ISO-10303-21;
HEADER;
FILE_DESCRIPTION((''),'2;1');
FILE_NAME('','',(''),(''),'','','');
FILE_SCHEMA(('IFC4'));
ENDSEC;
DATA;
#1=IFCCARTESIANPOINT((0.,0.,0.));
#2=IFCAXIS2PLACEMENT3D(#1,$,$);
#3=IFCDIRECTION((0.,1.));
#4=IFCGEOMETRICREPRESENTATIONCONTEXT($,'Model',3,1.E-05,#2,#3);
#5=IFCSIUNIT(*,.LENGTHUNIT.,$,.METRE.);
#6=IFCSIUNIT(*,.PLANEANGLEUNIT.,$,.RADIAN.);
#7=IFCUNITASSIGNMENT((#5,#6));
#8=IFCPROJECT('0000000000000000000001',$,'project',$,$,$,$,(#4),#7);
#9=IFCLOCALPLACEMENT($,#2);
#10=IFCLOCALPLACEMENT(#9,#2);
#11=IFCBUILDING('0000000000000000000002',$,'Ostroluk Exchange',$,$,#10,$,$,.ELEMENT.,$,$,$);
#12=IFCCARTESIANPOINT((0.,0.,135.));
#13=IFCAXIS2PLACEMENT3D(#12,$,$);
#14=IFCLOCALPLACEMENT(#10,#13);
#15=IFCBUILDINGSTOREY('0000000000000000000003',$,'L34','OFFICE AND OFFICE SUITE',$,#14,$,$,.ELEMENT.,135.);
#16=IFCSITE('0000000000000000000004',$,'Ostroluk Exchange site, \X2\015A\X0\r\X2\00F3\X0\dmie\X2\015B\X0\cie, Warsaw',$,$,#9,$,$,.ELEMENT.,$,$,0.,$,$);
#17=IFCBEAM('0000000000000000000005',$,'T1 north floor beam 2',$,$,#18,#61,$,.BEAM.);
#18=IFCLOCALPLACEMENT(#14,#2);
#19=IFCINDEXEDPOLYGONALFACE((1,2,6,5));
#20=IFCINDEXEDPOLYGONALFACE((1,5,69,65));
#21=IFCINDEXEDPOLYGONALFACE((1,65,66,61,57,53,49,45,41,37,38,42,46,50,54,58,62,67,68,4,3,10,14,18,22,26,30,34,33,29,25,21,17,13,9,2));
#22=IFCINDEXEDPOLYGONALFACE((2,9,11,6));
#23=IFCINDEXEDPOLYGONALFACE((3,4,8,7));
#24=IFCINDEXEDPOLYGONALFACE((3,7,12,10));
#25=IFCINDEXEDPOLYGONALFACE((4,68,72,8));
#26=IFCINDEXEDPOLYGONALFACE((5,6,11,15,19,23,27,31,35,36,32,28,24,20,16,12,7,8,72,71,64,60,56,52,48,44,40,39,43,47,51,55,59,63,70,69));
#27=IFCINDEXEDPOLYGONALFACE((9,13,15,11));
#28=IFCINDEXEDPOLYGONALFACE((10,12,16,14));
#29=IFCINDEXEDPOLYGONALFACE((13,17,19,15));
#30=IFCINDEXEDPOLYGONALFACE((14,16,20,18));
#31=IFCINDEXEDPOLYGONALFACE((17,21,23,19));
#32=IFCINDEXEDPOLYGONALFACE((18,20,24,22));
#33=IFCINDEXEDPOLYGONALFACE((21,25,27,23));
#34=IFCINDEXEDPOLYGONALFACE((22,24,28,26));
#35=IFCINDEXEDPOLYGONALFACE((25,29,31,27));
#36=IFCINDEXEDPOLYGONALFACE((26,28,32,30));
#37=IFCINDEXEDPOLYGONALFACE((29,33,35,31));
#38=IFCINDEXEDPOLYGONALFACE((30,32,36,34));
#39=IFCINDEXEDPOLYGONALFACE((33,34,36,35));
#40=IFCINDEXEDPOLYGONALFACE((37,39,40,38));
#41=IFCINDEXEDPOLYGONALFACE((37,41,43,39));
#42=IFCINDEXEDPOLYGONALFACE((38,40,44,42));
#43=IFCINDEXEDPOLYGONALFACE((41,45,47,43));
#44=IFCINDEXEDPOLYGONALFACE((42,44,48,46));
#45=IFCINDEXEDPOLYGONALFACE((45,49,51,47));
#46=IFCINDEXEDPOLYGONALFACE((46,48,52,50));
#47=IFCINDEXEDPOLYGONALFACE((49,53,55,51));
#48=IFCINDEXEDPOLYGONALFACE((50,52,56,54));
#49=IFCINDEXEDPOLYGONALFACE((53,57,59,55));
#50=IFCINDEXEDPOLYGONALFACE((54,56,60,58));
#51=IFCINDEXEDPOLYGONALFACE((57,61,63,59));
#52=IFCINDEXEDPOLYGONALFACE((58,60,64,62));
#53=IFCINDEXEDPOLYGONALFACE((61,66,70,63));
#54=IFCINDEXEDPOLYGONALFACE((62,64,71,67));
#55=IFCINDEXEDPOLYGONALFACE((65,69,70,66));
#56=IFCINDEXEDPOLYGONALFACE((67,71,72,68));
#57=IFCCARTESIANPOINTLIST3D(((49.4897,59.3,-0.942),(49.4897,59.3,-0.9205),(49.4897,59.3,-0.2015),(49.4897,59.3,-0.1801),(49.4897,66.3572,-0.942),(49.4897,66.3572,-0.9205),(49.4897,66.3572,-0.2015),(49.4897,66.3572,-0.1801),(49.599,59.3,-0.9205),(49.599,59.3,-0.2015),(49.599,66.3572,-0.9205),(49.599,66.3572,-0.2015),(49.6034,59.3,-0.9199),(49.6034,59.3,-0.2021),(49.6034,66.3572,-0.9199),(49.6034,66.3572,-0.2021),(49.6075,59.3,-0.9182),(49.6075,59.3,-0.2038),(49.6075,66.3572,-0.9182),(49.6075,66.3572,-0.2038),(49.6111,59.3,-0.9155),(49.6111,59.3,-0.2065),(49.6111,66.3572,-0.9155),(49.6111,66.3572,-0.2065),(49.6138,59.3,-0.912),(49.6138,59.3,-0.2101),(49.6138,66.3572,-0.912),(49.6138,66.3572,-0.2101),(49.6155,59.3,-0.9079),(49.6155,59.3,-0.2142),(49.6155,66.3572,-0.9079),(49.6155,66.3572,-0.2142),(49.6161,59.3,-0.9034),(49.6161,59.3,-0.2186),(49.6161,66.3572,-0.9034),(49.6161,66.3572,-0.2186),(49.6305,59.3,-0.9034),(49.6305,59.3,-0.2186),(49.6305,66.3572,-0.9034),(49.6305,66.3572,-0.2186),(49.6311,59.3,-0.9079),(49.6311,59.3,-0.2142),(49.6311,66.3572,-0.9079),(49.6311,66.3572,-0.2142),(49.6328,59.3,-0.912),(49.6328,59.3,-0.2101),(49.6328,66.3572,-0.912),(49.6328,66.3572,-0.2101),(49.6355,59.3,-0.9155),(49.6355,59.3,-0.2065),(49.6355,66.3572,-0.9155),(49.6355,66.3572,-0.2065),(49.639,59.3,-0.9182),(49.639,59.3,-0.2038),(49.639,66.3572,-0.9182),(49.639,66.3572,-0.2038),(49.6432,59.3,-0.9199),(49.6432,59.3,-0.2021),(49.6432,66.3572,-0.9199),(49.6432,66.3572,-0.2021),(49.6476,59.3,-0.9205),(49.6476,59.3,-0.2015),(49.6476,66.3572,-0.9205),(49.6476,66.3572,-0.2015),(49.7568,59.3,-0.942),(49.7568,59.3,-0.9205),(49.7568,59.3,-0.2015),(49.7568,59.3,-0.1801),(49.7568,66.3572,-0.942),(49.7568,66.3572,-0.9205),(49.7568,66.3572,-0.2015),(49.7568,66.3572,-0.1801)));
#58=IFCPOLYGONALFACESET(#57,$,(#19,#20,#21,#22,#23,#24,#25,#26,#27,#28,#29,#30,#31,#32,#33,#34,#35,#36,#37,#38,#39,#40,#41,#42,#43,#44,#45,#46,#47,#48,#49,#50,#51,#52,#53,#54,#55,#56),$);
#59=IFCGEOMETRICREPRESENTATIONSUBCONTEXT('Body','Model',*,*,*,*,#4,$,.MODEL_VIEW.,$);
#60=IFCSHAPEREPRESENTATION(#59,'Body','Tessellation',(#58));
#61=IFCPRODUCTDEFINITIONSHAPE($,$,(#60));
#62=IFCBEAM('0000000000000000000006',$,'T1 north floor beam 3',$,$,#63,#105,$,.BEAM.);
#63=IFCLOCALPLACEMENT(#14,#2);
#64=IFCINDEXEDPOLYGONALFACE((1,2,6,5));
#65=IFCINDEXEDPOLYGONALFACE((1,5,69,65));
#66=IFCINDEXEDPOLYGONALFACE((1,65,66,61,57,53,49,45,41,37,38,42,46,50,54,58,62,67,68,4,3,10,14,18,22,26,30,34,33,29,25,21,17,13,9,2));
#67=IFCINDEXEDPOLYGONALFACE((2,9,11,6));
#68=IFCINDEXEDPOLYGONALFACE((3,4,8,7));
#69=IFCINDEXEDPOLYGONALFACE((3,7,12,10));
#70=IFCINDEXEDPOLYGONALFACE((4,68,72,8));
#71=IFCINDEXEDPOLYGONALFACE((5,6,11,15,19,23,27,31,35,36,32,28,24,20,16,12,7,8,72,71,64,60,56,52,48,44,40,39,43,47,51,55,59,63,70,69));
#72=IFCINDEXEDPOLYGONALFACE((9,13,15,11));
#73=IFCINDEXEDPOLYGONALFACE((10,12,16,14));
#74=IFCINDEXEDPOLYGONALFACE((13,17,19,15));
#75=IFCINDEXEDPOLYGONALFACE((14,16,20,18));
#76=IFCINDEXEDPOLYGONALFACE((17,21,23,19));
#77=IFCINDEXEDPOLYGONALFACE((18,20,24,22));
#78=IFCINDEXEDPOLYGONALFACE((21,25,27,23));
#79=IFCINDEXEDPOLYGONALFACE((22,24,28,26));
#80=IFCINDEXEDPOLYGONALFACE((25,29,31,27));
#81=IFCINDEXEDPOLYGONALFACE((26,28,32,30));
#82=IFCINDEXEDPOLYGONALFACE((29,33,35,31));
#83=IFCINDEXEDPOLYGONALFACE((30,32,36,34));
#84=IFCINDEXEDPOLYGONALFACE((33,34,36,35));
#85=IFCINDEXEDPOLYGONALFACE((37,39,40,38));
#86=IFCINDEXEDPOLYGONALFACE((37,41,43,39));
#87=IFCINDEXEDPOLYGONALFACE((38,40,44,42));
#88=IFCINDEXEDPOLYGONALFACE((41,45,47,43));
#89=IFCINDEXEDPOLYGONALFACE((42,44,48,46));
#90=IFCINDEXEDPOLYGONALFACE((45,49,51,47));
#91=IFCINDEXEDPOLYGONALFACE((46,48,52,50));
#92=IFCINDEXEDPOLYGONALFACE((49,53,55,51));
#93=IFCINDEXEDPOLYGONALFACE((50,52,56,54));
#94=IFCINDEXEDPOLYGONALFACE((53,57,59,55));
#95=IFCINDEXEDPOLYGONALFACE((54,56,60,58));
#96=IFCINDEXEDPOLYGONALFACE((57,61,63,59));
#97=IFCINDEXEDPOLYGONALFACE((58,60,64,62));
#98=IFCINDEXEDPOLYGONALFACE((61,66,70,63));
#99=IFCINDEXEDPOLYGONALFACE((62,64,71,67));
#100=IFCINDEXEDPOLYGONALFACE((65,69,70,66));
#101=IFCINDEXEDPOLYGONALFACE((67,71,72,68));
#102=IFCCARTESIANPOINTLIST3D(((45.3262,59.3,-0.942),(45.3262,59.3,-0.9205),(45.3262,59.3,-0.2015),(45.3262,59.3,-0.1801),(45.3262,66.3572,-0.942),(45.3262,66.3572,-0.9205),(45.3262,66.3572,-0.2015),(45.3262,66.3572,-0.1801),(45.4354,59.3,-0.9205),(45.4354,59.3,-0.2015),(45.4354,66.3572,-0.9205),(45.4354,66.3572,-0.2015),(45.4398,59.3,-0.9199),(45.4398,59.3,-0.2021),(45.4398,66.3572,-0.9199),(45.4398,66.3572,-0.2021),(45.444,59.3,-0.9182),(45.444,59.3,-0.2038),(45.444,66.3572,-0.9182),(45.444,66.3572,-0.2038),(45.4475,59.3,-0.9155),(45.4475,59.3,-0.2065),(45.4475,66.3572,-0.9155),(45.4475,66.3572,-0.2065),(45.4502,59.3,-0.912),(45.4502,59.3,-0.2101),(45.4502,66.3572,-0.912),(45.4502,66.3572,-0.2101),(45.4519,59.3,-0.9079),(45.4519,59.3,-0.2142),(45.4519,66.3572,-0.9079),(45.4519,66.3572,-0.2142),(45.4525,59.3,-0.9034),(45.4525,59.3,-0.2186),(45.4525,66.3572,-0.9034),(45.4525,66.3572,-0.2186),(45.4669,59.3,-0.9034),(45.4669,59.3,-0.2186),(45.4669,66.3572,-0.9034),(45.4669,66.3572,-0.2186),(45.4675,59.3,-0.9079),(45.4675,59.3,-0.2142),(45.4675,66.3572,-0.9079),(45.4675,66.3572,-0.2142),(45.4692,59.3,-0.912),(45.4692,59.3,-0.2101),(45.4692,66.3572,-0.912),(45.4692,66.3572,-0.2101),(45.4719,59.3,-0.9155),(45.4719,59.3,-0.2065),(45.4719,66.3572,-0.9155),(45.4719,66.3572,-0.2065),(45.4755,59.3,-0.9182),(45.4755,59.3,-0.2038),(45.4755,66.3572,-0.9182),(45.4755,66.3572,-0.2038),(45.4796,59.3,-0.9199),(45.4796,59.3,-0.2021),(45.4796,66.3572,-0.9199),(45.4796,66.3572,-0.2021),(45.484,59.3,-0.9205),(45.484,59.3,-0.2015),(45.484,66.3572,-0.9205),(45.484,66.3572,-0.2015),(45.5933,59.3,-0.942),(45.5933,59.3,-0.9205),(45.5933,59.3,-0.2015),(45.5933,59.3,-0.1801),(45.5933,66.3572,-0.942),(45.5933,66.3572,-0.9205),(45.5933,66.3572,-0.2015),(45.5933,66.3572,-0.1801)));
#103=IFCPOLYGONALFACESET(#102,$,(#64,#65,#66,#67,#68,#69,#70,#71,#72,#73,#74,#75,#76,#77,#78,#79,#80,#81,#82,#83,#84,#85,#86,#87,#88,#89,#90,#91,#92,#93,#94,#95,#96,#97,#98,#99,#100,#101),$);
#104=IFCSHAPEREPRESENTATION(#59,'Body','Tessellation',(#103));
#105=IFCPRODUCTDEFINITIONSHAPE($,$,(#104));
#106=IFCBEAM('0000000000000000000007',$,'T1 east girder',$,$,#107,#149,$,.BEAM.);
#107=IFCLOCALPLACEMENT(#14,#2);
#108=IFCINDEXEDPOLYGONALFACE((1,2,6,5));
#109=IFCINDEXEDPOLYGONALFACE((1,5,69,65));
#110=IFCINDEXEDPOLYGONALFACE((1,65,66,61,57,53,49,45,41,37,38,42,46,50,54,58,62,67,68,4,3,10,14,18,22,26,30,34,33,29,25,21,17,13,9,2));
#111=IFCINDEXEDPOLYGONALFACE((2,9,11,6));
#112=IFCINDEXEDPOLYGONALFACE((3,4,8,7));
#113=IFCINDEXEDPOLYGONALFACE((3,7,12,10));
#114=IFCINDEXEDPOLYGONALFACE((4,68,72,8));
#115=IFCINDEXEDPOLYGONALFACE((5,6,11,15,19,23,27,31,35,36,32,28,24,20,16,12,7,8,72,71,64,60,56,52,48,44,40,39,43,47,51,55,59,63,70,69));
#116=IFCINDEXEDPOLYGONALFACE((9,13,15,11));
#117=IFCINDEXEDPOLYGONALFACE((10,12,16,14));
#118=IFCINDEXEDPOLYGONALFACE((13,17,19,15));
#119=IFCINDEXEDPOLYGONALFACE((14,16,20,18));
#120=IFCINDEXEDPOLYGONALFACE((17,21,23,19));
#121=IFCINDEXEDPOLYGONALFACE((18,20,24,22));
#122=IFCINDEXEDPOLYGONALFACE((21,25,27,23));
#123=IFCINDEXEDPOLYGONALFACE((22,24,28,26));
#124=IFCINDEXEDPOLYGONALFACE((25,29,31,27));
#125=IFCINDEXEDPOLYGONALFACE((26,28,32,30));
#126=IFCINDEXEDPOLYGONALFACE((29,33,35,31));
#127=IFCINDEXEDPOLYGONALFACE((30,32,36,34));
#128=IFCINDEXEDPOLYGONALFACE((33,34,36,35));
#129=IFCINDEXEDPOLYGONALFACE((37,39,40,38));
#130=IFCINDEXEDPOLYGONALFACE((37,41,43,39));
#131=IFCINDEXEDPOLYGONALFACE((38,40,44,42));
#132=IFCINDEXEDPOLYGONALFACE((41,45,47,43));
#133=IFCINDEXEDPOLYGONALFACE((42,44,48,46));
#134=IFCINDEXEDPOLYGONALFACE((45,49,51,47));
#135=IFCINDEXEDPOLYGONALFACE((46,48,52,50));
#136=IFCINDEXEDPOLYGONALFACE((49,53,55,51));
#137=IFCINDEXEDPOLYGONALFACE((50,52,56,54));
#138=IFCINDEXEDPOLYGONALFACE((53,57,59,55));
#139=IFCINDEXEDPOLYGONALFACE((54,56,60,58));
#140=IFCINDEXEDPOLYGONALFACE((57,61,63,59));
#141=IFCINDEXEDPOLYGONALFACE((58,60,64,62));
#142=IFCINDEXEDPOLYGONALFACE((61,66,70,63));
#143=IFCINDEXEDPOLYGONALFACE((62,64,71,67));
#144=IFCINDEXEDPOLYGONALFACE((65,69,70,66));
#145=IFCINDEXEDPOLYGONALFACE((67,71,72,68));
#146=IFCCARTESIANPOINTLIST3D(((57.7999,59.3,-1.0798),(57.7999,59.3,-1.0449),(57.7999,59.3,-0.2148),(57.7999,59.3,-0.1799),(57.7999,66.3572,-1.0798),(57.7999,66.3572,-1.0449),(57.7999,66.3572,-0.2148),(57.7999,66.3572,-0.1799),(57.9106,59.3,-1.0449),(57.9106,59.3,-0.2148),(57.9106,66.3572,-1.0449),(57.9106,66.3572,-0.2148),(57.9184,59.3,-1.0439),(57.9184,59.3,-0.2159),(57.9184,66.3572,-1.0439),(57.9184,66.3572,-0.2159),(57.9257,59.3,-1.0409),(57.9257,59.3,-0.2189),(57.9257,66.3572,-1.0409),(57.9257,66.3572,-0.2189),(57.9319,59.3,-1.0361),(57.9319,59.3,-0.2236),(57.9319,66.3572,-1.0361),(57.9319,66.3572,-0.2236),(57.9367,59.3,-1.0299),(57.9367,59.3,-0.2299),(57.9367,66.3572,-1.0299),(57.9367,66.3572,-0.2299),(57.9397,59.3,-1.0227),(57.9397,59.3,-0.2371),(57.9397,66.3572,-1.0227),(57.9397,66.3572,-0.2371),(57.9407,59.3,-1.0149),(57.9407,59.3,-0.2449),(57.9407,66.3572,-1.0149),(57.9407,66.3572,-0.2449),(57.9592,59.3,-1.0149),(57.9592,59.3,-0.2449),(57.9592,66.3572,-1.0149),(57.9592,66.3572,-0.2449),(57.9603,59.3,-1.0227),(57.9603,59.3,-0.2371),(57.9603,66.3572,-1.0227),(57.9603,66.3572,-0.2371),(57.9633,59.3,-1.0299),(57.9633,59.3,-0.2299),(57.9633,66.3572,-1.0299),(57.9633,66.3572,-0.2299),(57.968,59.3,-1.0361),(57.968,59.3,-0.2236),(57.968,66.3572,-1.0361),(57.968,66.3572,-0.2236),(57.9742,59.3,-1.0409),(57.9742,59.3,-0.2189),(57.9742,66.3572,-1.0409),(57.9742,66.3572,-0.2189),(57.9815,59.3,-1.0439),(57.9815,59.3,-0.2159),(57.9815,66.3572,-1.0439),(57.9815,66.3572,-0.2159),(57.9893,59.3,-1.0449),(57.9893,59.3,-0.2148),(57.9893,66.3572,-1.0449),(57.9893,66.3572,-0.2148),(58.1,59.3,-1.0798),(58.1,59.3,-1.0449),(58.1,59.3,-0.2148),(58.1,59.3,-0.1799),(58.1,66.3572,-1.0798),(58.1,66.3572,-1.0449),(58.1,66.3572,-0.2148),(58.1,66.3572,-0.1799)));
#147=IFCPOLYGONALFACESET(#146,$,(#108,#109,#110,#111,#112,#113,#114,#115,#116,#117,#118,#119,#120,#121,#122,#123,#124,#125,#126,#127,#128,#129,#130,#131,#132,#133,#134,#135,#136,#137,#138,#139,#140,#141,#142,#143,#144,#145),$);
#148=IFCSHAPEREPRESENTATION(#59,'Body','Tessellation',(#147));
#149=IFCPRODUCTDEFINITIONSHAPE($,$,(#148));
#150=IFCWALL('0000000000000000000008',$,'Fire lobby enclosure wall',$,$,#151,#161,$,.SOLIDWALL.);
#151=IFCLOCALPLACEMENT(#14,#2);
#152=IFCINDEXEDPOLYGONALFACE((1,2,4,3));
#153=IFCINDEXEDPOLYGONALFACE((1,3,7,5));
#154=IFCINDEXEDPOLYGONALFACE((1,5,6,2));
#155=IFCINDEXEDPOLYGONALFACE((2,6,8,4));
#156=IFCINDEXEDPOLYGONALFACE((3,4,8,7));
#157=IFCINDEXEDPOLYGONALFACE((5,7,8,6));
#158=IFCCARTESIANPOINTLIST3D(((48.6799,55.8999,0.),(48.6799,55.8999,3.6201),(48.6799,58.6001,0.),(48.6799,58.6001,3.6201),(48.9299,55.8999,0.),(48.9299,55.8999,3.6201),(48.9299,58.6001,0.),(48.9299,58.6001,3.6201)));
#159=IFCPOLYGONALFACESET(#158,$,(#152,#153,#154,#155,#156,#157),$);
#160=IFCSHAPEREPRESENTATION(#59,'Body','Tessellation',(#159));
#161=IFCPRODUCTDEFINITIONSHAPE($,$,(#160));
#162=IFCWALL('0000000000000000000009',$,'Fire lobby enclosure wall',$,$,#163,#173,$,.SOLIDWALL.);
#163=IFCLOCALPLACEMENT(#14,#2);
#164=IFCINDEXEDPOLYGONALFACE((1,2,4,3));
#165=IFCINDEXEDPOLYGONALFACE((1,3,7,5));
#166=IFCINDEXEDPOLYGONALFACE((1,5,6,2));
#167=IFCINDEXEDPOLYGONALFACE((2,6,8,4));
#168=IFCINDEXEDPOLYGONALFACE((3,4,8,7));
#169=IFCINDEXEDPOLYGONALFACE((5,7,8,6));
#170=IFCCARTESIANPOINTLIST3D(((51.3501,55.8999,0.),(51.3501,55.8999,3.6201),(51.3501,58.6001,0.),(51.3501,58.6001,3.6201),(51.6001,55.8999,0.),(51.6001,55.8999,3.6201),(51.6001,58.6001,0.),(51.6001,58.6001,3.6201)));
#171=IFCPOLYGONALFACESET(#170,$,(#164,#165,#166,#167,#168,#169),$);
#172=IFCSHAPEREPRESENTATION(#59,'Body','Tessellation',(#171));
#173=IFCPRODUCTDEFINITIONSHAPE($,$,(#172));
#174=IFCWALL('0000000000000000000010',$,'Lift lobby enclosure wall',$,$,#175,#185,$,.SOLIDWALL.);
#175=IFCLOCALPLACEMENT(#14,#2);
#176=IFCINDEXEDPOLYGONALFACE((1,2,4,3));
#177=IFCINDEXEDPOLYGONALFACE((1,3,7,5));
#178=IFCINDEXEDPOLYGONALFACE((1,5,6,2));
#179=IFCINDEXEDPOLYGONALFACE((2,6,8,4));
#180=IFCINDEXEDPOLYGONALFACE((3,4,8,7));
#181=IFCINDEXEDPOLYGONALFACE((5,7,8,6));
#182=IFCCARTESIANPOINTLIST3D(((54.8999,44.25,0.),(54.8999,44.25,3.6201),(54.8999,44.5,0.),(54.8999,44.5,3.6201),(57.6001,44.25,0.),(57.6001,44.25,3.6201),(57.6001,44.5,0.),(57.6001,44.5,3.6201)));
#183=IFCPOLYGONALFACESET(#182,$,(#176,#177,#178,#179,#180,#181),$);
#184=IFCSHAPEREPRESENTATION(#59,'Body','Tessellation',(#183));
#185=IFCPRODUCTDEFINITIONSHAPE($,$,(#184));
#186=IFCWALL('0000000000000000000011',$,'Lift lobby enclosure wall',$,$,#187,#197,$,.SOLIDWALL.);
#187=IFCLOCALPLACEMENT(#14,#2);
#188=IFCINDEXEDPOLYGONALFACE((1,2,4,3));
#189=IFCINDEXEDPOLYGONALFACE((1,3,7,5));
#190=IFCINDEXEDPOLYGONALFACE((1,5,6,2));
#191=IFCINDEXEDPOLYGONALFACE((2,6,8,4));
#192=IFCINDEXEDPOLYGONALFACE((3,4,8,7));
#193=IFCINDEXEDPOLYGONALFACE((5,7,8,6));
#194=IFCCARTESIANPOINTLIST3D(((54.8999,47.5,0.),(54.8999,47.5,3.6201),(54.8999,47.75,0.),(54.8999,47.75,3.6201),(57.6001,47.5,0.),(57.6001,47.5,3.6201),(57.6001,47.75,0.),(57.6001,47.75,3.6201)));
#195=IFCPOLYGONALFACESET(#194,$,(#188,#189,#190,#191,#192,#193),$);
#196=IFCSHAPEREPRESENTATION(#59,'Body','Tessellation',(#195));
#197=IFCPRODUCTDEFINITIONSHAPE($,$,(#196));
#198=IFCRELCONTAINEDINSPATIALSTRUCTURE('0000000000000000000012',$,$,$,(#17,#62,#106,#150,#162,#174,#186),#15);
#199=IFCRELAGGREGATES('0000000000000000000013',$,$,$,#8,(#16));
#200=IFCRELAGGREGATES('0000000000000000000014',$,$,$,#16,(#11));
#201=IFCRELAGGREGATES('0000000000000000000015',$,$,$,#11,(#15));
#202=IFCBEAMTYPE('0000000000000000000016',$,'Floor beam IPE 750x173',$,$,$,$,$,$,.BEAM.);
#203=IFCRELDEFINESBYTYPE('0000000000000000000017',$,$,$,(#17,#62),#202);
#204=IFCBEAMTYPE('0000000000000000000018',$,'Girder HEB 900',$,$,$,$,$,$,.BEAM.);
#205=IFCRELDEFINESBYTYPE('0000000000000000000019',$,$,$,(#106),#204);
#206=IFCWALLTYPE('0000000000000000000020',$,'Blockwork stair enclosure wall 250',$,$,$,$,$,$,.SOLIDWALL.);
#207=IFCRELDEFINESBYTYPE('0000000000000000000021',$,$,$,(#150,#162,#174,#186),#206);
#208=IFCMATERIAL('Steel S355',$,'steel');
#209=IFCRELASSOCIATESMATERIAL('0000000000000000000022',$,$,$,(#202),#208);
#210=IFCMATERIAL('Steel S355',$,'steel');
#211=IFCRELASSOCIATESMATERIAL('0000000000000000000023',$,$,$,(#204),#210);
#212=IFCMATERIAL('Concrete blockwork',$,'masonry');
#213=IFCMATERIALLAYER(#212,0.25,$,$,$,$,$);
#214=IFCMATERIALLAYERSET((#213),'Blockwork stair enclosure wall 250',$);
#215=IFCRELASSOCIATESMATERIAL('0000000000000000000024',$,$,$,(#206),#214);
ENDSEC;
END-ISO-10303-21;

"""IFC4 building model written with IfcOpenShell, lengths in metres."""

from ifc_helpers import new_model, si_unit, direction, frame, frame_2d, origin, origin_2d, place, context, subcontext, project, spatial, rectangle, i_section, extrude, material, layer, layer_set, material_profile, profile_set, type_object, element, save


model = new_model("IFC4")

# Units and contexts
model_context = context("Model", 3, precision=1e-05, world=origin(), true_north=direction((0.0, 1.0)))
body_context = subcontext(model_context, "Body", "Model", "MODEL_VIEW")
ifc_project = project(units=[si_unit("LENGTHUNIT", "METRE"), si_unit("PLANEANGLEUNIT", "RADIAN")], contexts=[model_context])

# Site, building, storey
site_placement = place(None, origin())
site = spatial("IfcSite", under=ifc_project, at=site_placement, Name="Ostroluk Exchange site, Śródmieście, Warsaw", CompositionType="ELEMENT", RefElevation=0.0)
building_placement = place(site_placement, origin())
building = spatial("IfcBuilding", under=site, at=building_placement, Name="Ostroluk Exchange", CompositionType="ELEMENT")
storey_placement = place(building_placement, frame((0.0, 0.0, 135.0)))
storey = spatial("IfcBuildingStorey", under=building, at=storey_placement, Name="L34", Description="OFFICE AND OFFICE SUITE", CompositionType="ELEMENT", Elevation=135.0)

# Beams
ifc_material_1 = material(Name="Steel S355", Category="steel")
ifc_material_profile_1 = material_profile(ifc_material_1, i_section(OverallWidth=0.2671, OverallDepth=0.762, WebThickness=0.0144, FlangeThickness=0.0215, FilletRadius=0.0171, at=origin_2d()), Name="IPE 750x173")
ifc_profile_set_1 = profile_set([ifc_material_profile_1], Name="Steel S355")
beam_type_1 = type_object("IfcBeamType", Name="Floor beam IPE 750x173", PredefinedType="BEAM", material=ifc_profile_set_1)
for number, where, z_axis, x_axis, name in (
    (1, (49.6233, 59.3, -0.561), (0.0, 1.0, 0.0), (-1.0, 0.0, 0.0), "T1 north floor beam 2"),
    (2, (45.4597, 59.3, -0.561), (0.0, 1.0, 0.0), (-1.0, 0.0, 0.0), "T1 north floor beam 3"),
):
    element("IfcBeam", number, at=place(storey_placement, frame(where, z_axis=z_axis, x_axis=x_axis)), inside=storey, type_object=beam_type_1, Name=name, PredefinedType="BEAM", context=body_context, shape_type="SweptSolid", body=[
        extrude(i_section(OverallWidth=0.2671, OverallDepth=0.762, WebThickness=0.0144, FlangeThickness=0.0215, FilletRadius=0.0171, at=origin_2d()), origin(), (0.0, 0.0, 1.0), 7.0571),
    ])
ifc_material_2 = material(Name="Steel S355", Category="steel")
ifc_material_profile_2 = material_profile(ifc_material_2, i_section(OverallWidth=0.3, OverallDepth=0.8999, WebThickness=0.0186, FlangeThickness=0.0349, FilletRadius=0.03, at=origin_2d()), Name="HEB 900")
ifc_profile_set_2 = profile_set([ifc_material_profile_2], Name="Steel S355")
beam_type_2 = type_object("IfcBeamType", Name="Girder HEB 900", PredefinedType="BEAM", material=ifc_profile_set_2)
beam_1_placement = place(storey_placement, frame((57.95, 59.3, -0.6299), z_axis=(0.0, 1.0, 0.0), x_axis=(-1.0, 0.0, 0.0)))
element("IfcBeam", 3, at=beam_1_placement, inside=storey, type_object=beam_type_2, Name="T1 east girder", PredefinedType="BEAM", context=body_context, shape_type="SweptSolid", body=[
    extrude(i_section(OverallWidth=0.3, OverallDepth=0.8999, WebThickness=0.0186, FlangeThickness=0.0349, FilletRadius=0.03, at=origin_2d()), origin(), (0.0, 0.0, 1.0), 7.0571),
])

# Walls
ifc_material_3 = material(Name="Concrete blockwork", Category="masonry")
ifc_layer_1 = layer(ifc_material_3, 0.25)
ifc_layer_set_1 = layer_set([ifc_layer_1], Name="Blockwork stair enclosure wall 250")
wall_type_1 = type_object("IfcWallType", Name="Blockwork stair enclosure wall 250", PredefinedType="SOLIDWALL", material=ifc_layer_set_1)
for number, where, z_axis, x_axis, name in (
    (4, (48.8049, 55.8999, 0.0), (0.0, 0.0, 1.0), (0.0, 1.0, 0.0), "Fire lobby enclosure wall"),
    (5, (51.4751, 55.8999, 0.0), (0.0, 0.0, 1.0), (0.0, 1.0, 0.0), "Fire lobby enclosure wall"),
    (6, (54.8999, 44.375, 0.0), (0.0, 0.0, 1.0), (1.0, 0.0, 0.0), "Lift lobby enclosure wall"),
    (7, (54.8999, 47.625, 0.0), (0.0, 0.0, 1.0), (1.0, 0.0, 0.0), "Lift lobby enclosure wall"),
):
    element("IfcWall", number, at=place(storey_placement, frame(where, z_axis=z_axis, x_axis=x_axis)), inside=storey, type_object=wall_type_1, Name=name, PredefinedType="SOLIDWALL", context=body_context, shape_type="SweptSolid", body=[
        extrude(rectangle(XDim=2.7002, YDim=0.25, at=frame_2d((1.3501, 0.0))), origin(), (0.0, 0.0, 1.0), 3.6201),
    ])

save(model, "model.ifc")
